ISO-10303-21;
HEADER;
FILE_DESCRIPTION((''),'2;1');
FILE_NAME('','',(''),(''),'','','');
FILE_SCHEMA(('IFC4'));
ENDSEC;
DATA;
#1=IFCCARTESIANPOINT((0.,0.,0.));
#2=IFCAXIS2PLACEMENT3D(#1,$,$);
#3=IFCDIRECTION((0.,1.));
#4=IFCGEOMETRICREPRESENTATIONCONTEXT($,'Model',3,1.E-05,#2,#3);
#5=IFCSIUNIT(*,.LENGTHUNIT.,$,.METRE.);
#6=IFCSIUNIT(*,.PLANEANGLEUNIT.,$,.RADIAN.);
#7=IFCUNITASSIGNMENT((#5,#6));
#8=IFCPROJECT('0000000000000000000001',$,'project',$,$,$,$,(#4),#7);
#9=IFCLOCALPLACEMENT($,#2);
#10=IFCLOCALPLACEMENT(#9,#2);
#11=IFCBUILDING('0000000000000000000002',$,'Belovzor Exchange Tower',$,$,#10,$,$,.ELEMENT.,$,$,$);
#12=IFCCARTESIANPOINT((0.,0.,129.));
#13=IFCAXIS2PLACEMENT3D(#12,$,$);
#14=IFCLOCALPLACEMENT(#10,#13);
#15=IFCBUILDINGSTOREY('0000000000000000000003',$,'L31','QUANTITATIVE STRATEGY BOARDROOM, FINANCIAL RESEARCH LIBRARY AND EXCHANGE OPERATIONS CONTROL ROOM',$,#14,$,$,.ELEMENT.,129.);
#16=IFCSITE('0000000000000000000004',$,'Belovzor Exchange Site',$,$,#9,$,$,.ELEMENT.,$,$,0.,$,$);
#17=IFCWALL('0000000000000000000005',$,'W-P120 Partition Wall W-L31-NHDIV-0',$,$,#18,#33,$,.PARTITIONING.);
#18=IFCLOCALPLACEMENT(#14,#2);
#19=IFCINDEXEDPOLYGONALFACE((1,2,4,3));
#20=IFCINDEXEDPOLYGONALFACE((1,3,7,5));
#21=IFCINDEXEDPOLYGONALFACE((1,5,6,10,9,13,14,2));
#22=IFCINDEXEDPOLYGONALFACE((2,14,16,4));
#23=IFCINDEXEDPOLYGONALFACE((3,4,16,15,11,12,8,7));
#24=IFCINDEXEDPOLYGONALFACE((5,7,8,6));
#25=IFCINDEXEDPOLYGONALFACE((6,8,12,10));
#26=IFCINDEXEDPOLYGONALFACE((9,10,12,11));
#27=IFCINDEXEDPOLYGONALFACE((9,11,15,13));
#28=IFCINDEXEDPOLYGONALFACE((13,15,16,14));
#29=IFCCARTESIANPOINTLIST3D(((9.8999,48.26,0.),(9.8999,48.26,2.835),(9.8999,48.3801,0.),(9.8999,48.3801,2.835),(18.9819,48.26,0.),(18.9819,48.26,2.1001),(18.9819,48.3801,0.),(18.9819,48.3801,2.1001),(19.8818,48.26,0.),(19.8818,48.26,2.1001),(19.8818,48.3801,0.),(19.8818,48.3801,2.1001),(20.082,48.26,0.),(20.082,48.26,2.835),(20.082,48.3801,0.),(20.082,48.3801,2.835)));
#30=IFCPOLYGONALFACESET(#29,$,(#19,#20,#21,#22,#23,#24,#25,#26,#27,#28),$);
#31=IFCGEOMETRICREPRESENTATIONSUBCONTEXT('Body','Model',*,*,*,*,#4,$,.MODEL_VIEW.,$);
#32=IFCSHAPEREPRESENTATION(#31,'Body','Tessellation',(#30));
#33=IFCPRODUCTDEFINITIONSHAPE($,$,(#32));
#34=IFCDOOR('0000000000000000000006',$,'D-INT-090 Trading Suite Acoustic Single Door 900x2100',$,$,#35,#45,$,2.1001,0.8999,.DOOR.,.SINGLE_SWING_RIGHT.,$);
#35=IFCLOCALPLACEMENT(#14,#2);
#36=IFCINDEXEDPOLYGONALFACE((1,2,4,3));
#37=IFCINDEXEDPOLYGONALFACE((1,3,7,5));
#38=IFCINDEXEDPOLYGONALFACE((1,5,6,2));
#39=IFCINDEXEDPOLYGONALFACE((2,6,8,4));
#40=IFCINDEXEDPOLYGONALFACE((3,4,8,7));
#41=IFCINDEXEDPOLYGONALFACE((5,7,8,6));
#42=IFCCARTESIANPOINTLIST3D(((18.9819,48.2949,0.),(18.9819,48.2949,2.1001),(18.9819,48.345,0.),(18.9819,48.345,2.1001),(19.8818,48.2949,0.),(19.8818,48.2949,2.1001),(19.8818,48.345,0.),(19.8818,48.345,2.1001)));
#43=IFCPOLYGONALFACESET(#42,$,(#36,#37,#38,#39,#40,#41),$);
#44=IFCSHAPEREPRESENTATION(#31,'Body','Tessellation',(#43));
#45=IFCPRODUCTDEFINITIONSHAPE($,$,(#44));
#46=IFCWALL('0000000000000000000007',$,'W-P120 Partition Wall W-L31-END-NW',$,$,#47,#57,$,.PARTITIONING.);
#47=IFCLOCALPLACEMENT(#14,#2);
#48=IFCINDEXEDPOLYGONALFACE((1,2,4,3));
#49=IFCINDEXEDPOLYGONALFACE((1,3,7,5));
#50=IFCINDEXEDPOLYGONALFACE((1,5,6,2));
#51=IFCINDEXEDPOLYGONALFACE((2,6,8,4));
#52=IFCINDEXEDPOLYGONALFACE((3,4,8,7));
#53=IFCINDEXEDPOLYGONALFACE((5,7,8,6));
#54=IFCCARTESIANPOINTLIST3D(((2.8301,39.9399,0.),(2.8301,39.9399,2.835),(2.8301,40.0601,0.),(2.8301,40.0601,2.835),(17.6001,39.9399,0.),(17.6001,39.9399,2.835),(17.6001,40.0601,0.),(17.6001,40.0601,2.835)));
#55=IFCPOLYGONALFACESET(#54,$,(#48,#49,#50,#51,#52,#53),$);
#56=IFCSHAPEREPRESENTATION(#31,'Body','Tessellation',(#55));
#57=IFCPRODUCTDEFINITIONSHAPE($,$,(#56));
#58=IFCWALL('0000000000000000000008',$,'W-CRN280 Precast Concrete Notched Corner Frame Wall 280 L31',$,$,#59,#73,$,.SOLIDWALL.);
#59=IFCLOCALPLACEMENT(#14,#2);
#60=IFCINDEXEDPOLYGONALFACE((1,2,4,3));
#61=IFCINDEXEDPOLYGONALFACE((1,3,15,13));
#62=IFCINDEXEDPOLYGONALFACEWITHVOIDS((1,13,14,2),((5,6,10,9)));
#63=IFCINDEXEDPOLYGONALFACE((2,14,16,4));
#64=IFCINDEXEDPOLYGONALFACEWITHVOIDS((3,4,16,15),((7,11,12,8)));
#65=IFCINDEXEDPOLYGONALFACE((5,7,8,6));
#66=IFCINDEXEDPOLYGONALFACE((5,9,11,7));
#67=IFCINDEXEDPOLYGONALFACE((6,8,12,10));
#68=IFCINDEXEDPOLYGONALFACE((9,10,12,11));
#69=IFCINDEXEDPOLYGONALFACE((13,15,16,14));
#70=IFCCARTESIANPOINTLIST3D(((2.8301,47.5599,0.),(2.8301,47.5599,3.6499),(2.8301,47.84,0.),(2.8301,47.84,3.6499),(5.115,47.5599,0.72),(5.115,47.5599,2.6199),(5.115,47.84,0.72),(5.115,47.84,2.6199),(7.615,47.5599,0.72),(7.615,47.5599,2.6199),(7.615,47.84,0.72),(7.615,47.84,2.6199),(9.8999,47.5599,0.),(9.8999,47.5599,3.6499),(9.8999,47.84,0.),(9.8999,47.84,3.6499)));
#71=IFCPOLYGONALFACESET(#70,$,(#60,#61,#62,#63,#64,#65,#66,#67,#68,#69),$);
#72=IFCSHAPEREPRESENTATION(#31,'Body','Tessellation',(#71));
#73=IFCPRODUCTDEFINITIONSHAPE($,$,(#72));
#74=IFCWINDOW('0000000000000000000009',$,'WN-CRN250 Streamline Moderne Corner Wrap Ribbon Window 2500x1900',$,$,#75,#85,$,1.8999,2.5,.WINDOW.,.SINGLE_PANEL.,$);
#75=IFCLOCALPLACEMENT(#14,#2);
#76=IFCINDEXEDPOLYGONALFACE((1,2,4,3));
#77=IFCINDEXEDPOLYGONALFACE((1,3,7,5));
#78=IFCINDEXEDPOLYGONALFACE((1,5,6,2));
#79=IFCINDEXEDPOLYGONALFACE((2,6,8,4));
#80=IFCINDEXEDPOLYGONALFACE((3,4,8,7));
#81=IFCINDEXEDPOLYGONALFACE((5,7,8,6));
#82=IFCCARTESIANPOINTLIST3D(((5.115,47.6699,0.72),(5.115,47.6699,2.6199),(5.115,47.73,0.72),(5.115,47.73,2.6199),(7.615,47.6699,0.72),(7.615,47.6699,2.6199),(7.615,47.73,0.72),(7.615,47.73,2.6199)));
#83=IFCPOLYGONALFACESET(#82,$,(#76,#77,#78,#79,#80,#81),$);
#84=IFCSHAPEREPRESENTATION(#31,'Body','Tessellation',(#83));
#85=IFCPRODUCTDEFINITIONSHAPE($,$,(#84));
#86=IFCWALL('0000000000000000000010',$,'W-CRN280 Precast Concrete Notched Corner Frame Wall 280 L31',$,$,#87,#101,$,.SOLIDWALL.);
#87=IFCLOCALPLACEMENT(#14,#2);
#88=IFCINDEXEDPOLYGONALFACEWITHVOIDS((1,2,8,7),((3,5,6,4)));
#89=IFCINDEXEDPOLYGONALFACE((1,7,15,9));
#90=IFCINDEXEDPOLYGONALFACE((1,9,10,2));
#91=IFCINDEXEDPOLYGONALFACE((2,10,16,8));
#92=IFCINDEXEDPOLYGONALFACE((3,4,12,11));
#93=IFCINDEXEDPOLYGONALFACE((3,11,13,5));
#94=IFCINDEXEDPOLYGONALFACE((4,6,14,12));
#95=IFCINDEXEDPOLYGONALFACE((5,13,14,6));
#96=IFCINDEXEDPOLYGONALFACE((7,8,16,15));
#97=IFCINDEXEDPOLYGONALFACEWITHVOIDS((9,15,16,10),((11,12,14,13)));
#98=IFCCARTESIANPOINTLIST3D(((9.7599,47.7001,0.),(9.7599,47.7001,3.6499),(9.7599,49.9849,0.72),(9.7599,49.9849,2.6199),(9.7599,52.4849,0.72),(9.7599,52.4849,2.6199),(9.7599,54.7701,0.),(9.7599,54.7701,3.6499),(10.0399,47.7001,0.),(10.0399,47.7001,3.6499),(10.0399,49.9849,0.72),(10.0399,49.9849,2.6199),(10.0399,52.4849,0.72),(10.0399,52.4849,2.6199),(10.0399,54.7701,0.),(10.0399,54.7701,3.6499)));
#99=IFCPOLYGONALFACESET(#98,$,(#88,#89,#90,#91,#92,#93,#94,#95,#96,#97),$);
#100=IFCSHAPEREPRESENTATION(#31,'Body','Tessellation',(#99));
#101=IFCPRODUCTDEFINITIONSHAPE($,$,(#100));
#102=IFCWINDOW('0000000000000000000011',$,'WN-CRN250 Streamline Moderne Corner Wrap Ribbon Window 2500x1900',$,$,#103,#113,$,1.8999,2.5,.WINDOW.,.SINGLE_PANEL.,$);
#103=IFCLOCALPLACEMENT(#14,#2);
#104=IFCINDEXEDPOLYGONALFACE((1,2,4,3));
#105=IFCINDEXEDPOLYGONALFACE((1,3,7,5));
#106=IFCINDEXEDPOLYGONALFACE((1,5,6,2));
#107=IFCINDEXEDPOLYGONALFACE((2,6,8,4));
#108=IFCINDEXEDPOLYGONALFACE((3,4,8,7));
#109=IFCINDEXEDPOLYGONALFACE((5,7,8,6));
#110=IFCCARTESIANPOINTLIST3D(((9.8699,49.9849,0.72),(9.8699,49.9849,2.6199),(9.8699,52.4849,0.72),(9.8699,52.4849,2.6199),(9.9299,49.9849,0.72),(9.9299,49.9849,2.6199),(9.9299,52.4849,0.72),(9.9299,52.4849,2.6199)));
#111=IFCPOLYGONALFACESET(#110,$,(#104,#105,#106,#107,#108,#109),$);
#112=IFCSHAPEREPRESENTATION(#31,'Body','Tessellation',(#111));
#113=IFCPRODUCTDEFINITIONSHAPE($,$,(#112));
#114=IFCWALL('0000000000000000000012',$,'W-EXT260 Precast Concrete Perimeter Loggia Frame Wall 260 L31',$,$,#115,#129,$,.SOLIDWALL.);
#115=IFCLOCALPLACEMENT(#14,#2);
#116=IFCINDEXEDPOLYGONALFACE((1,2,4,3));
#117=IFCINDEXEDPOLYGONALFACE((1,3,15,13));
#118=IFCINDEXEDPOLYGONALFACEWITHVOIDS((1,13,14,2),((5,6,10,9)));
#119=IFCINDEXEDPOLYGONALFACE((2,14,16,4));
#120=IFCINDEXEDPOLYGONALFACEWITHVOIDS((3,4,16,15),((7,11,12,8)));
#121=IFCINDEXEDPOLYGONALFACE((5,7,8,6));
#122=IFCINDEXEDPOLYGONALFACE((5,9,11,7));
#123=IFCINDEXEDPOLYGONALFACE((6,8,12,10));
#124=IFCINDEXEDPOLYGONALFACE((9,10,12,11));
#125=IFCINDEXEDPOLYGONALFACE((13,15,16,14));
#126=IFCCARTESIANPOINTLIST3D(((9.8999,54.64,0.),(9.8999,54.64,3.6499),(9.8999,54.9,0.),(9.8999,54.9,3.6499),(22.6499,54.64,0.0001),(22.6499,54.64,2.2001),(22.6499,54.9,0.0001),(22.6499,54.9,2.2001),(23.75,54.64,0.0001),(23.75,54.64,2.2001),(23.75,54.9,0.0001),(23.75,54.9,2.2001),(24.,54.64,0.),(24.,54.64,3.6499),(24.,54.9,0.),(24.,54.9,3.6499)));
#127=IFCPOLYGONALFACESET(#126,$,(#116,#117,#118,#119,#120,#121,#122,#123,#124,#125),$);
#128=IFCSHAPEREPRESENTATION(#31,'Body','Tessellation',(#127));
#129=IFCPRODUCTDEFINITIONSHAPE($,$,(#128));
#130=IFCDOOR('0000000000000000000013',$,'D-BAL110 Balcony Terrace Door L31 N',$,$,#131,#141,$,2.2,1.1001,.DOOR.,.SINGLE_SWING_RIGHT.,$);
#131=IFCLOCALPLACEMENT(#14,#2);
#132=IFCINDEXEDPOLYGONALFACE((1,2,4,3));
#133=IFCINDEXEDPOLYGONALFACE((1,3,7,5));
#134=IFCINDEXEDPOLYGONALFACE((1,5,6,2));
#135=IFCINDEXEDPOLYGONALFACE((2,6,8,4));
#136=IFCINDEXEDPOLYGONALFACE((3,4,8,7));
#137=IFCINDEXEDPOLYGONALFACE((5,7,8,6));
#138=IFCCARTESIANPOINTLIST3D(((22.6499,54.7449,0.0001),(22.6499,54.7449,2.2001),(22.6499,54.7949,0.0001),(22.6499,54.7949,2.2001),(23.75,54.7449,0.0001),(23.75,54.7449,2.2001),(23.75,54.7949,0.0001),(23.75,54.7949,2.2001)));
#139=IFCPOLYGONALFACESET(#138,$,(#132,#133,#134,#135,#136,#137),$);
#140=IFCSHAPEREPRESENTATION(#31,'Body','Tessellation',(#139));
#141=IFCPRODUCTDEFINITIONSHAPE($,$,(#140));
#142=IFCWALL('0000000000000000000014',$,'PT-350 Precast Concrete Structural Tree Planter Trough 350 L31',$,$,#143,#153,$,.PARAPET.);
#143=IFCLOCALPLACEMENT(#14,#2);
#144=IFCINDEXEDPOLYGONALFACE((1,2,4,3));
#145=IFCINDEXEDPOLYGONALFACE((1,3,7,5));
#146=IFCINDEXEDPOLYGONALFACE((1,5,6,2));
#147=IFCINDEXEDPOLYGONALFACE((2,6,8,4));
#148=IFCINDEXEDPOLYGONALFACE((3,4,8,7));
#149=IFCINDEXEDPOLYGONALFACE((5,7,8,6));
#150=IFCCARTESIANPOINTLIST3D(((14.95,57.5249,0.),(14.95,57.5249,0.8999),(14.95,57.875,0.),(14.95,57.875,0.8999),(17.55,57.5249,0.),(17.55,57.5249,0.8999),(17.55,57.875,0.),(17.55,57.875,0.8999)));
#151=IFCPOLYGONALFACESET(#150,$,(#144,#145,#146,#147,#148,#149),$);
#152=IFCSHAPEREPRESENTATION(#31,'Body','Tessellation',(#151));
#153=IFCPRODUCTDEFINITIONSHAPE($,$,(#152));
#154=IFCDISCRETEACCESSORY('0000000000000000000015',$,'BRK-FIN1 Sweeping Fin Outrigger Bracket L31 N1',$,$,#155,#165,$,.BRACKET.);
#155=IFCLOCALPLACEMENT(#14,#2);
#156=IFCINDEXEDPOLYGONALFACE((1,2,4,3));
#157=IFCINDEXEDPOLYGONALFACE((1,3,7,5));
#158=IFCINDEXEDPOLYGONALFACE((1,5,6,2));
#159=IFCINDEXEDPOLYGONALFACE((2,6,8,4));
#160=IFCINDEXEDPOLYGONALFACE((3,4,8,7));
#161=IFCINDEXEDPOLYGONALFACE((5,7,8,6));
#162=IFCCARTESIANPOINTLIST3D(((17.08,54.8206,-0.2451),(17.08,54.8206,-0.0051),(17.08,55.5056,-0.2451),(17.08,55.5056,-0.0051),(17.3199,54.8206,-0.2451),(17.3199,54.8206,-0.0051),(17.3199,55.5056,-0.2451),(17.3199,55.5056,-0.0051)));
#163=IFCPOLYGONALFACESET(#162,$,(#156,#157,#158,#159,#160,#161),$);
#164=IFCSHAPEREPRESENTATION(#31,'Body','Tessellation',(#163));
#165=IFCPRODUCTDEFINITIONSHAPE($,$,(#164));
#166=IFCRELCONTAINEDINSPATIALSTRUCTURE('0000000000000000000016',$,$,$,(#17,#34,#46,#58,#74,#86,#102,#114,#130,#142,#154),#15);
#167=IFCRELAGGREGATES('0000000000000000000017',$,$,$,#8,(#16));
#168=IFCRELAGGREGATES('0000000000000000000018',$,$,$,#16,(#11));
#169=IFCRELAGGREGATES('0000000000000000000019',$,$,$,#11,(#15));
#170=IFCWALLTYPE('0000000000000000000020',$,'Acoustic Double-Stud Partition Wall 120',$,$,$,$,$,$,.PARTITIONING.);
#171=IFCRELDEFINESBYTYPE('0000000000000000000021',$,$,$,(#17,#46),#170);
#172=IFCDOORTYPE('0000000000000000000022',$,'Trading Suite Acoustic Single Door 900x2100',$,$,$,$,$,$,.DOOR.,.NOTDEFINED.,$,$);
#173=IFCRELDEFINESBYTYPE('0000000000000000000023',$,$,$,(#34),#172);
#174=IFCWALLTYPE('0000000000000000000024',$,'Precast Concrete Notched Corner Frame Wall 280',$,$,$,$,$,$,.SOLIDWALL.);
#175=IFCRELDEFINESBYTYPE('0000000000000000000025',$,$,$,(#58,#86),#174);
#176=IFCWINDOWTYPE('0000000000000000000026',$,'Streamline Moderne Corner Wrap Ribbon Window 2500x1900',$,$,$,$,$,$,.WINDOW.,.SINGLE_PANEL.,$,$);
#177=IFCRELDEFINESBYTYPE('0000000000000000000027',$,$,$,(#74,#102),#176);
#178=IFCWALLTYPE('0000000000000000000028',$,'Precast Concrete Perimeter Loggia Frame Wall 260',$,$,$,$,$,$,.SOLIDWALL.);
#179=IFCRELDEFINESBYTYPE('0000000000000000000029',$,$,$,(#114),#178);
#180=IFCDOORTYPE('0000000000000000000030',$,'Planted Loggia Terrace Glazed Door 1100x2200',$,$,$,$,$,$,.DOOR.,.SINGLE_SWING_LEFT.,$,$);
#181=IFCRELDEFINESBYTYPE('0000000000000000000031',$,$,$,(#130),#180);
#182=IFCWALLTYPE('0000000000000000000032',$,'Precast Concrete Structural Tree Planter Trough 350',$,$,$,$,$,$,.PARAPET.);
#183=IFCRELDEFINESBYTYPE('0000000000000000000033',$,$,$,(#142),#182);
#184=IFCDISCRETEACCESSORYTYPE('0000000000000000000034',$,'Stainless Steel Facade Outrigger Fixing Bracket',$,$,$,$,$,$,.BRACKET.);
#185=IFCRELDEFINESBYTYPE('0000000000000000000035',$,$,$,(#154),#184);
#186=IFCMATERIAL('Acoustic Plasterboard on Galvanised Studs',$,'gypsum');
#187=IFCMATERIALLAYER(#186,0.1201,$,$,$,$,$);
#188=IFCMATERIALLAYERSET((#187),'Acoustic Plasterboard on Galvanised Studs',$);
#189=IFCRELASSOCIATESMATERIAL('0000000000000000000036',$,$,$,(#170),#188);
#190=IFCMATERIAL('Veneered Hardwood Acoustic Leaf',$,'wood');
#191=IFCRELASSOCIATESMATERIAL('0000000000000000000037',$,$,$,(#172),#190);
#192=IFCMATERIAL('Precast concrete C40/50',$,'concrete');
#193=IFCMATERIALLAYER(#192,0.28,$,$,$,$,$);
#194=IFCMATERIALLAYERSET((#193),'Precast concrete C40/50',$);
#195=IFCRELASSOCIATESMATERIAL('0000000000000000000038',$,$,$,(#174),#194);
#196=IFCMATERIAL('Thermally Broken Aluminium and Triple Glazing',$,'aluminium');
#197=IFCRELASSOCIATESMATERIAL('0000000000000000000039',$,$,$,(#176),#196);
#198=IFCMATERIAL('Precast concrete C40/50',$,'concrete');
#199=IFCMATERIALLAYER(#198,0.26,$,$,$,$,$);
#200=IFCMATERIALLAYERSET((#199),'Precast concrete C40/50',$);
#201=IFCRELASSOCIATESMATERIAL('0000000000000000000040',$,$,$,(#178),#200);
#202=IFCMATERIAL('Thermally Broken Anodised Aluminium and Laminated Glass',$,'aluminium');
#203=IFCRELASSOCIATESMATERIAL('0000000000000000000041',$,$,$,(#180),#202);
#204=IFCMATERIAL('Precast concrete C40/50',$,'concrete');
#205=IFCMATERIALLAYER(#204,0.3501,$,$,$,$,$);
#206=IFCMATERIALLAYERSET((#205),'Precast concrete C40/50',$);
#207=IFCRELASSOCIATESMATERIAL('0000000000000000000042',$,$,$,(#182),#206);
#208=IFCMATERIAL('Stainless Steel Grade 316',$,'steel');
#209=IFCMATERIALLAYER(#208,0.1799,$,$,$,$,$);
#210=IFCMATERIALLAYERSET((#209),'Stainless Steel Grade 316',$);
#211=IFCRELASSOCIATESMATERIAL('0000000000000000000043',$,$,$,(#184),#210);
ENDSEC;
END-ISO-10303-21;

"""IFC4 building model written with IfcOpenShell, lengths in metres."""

from ifc_helpers import new_model, si_unit, direction, frame, frame_2d, origin, origin_2d, place, context, subcontext, project, spatial, rectangle, extrude, material, layer, layer_set, type_object, element, fill, save


model = new_model("IFC4")

# Units and contexts
model_context = context("Model", 3, precision=1e-05, world=origin(), true_north=direction((0.0, 1.0)))
body_context = subcontext(model_context, "Body", "Model", "MODEL_VIEW")
ifc_project = project(units=[si_unit("LENGTHUNIT", "METRE"), si_unit("PLANEANGLEUNIT", "RADIAN")], contexts=[model_context])

# Site, building, storey
site_placement = place(None, origin())
site = spatial("IfcSite", under=ifc_project, at=site_placement, Name="Belovzor Exchange Site", CompositionType="ELEMENT", RefElevation=0.0)
building_placement = place(site_placement, origin())
building = spatial("IfcBuilding", under=site, at=building_placement, Name="Belovzor Exchange Tower", CompositionType="ELEMENT")
storey_placement = place(building_placement, frame((0.0, 0.0, 129.0)))
storey = spatial("IfcBuildingStorey", under=building, at=storey_placement, Name="L31", Description="QUANTITATIVE STRATEGY BOARDROOM, FINANCIAL RESEARCH LIBRARY AND EXCHANGE OPERATIONS CONTROL ROOM", CompositionType="ELEMENT", Elevation=129.0)

# Wall, opening, door
ifc_material_1 = material(Name="Acoustic Plasterboard on Galvanised Studs", Category="gypsum")
ifc_layer_1 = layer(ifc_material_1, 0.1201)
ifc_layer_set_1 = layer_set([ifc_layer_1], Name="Acoustic Plasterboard on Galvanised Studs")
wall_type_1 = type_object("IfcWallType", Name="Acoustic Double-Stud Partition Wall 120", PredefinedType="PARTITIONING", material=ifc_layer_set_1)
wall_1_placement = place(storey_placement, frame((9.8999, 48.3201, 0.0), z_axis=(0.0, 0.0, 1.0), x_axis=(1.0, 0.0, 0.0)))
wall_1 = element("IfcWall", 1, at=wall_1_placement, inside=storey, type_object=wall_type_1, Name="W-P120 Partition Wall W-L31-NHDIV-0", PredefinedType="PARTITIONING", context=body_context, shape_type="SweptSolid", body=[
    extrude(rectangle(XDim=10.1821, YDim=0.1201, at=frame_2d((5.0911, 0.0))), origin(), (0.0, 0.0, 1.0), 2.835),
])
opening_1_placement = place(wall_1_placement, frame((9.082, 0.0, 0.0)))
opening_1 = element("IfcOpeningElement", 2, at=opening_1_placement, cuts=wall_1, PredefinedType="OPENING", context=body_context, shape_type="SweptSolid", body=[
    extrude(rectangle(XDim=0.8999, YDim=2.1001, at=frame_2d((0.45, 1.05))), frame((0.0, 0.0701, 0.0), z_axis=(0.0, -1.0, 0.0), x_axis=(1.0, 0.0, 0.0)), (0.0, 0.0, 1.0), 0.1401),
])
ifc_material_2 = material(Name="Veneered Hardwood Acoustic Leaf", Category="wood")
door_type_1 = type_object("IfcDoorType", Name="Trading Suite Acoustic Single Door 900x2100", OperationType="NOTDEFINED", PredefinedType="DOOR", material=ifc_material_2)
door_1_placement = place(opening_1_placement, origin())
door_1 = element("IfcDoor", 3, at=door_1_placement, inside=storey, type_object=door_type_1, Name="D-INT-090 Trading Suite Acoustic Single Door 900x2100", OperationType="SINGLE_SWING_RIGHT", OverallHeight=2.1001, OverallWidth=0.8999, PredefinedType="DOOR", context=body_context, shape_type="SweptSolid", body=[
    extrude(rectangle(XDim=0.8999, YDim=2.1001, at=frame_2d((0.45, 1.05))), frame((0.0, 0.0249, 0.0), z_axis=(0.0, -1.0, 0.0), x_axis=(1.0, 0.0, 0.0)), (0.0, 0.0, 1.0), 0.05),
])
fill(opening_1, door_1)

# Wall
wall_2_placement = place(storey_placement, frame((2.8301, 40.0, 0.0), z_axis=(0.0, 0.0, 1.0), x_axis=(1.0, 0.0, 0.0)))
element("IfcWall", 4, at=wall_2_placement, inside=storey, type_object=wall_type_1, Name="W-P120 Partition Wall W-L31-END-NW", PredefinedType="PARTITIONING", context=body_context, shape_type="SweptSolid", body=[
    extrude(rectangle(XDim=14.77, YDim=0.1201, at=frame_2d((7.385, 0.0))), origin(), (0.0, 0.0, 1.0), 2.835),
])

# Walls, openings, windows
ifc_material_3 = material(Name="Precast concrete C40/50", Category="concrete")
ifc_layer_2 = layer(ifc_material_3, 0.28)
ifc_layer_set_2 = layer_set([ifc_layer_2], Name="Precast concrete C40/50")
wall_type_2 = type_object("IfcWallType", Name="Precast Concrete Notched Corner Frame Wall 280", PredefinedType="SOLIDWALL", material=ifc_layer_set_2)
wall_3_placement = place(storey_placement, frame((2.8301, 47.7, 0.0), z_axis=(0.0, 0.0, 1.0), x_axis=(1.0, 0.0, 0.0)))
wall_3 = element("IfcWall", 5, at=wall_3_placement, inside=storey, type_object=wall_type_2, Name="W-CRN280 Precast Concrete Notched Corner Frame Wall 280 L31", PredefinedType="SOLIDWALL", context=body_context, shape_type="SweptSolid", body=[
    extrude(rectangle(XDim=7.0698, YDim=0.28, at=frame_2d((3.5349, 0.0))), origin(), (0.0, 0.0, 1.0), 3.6499),
])
opening_2_placement = place(wall_3_placement, frame((2.2849, 0.0, 0.72)))
opening_2 = element("IfcOpeningElement", 6, at=opening_2_placement, cuts=wall_3, PredefinedType="OPENING", context=body_context, shape_type="SweptSolid", body=[
    extrude(rectangle(XDim=2.5, YDim=1.8999, at=frame_2d((1.25, 0.95))), frame((0.0, 0.1499, 0.0), z_axis=(0.0, -1.0, 0.0), x_axis=(1.0, 0.0, 0.0)), (0.0, 0.0, 1.0), 0.3),
])
ifc_material_4 = material(Name="Thermally Broken Aluminium and Triple Glazing", Category="aluminium")
window_type = type_object("IfcWindowType", Name="Streamline Moderne Corner Wrap Ribbon Window 2500x1900", PartitioningType="SINGLE_PANEL", PredefinedType="WINDOW", material=ifc_material_4)
window_1_placement = place(opening_2_placement, origin())
window_1 = element("IfcWindow", 7, at=window_1_placement, inside=storey, type_object=window_type, Name="WN-CRN250 Streamline Moderne Corner Wrap Ribbon Window 2500x1900", OverallHeight=1.8999, OverallWidth=2.5, PartitioningType="SINGLE_PANEL", PredefinedType="WINDOW", context=body_context, shape_type="SweptSolid", body=[
    extrude(rectangle(XDim=2.5, YDim=1.8999, at=frame_2d((1.25, 0.95))), frame((0.0, 0.03, 0.0), z_axis=(0.0, -1.0, 0.0), x_axis=(1.0, 0.0, 0.0)), (0.0, 0.0, 1.0), 0.0601),
])
fill(opening_2, window_1)
wall_4_placement = place(storey_placement, frame((9.8999, 47.7, 0.0), z_axis=(0.0, 0.0, 1.0), x_axis=(0.0, 1.0, 0.0)))
wall_4 = element("IfcWall", 8, at=wall_4_placement, inside=storey, type_object=wall_type_2, Name="W-CRN280 Precast Concrete Notched Corner Frame Wall 280 L31", PredefinedType="SOLIDWALL", context=body_context, shape_type="SweptSolid", body=[
    extrude(rectangle(XDim=7.0701, YDim=0.28, at=frame_2d((3.5352, 0.0))), origin(), (0.0, 0.0, 1.0), 3.6499),
])
opening_3_placement = place(wall_4_placement, frame((2.2849, 0.0, 0.72)))
opening_3 = element("IfcOpeningElement", 9, at=opening_3_placement, cuts=wall_4, PredefinedType="OPENING", context=body_context, shape_type="SweptSolid", body=[
    extrude(rectangle(XDim=2.5, YDim=1.8999, at=frame_2d((1.25, 0.95))), frame((0.0, 0.1499, 0.0), z_axis=(0.0, -1.0, 0.0), x_axis=(1.0, 0.0, 0.0)), (0.0, 0.0, 1.0), 0.3),
])
window_2_placement = place(opening_3_placement, origin())
window_2 = element("IfcWindow", 10, at=window_2_placement, inside=storey, type_object=window_type, Name="WN-CRN250 Streamline Moderne Corner Wrap Ribbon Window 2500x1900", OverallHeight=1.8999, OverallWidth=2.5, PartitioningType="SINGLE_PANEL", PredefinedType="WINDOW", context=body_context, shape_type="SweptSolid", body=[
    extrude(rectangle(XDim=2.5, YDim=1.8999, at=frame_2d((1.25, 0.95))), frame((0.0, 0.03, 0.0), z_axis=(0.0, -1.0, 0.0), x_axis=(1.0, 0.0, 0.0)), (0.0, 0.0, 1.0), 0.0601),
])
fill(opening_3, window_2)

# Wall, opening, door
ifc_material_5 = material(Name="Precast concrete C40/50", Category="concrete")
ifc_layer_3 = layer(ifc_material_5, 0.26)
ifc_layer_set_3 = layer_set([ifc_layer_3], Name="Precast concrete C40/50")
wall_type_3 = type_object("IfcWallType", Name="Precast Concrete Perimeter Loggia Frame Wall 260", PredefinedType="SOLIDWALL", material=ifc_layer_set_3)
wall_5_placement = place(storey_placement, frame((9.8999, 54.77, 0.0), z_axis=(0.0, 0.0, 1.0), x_axis=(1.0, 0.0, 0.0)))
wall_5 = element("IfcWall", 11, at=wall_5_placement, inside=storey, type_object=wall_type_3, Name="W-EXT260 Precast Concrete Perimeter Loggia Frame Wall 260 L31", PredefinedType="SOLIDWALL", context=body_context, shape_type="SweptSolid", body=[
    extrude(rectangle(XDim=14.1001, YDim=0.26, at=frame_2d((7.05, 0.0))), origin(), (0.0, 0.0, 1.0), 3.6499),
])
opening_4_placement = place(wall_5_placement, frame((12.75, 0.0, 0.0)))
opening_4 = element("IfcOpeningElement", 12, at=opening_4_placement, cuts=wall_5, PredefinedType="OPENING", context=body_context, shape_type="SweptSolid", body=[
    extrude(rectangle(XDim=1.1001, YDim=2.2, at=frame_2d((0.55, 1.1001))), frame((0.0, 0.1399, 0.0), z_axis=(0.0, -1.0, 0.0), x_axis=(1.0, 0.0, 0.0)), (0.0, 0.0, 1.0), 0.28),
])
ifc_material_6 = material(Name="Thermally Broken Anodised Aluminium and Laminated Glass", Category="aluminium")
door_type_2 = type_object("IfcDoorType", Name="Planted Loggia Terrace Glazed Door 1100x2200", OperationType="SINGLE_SWING_LEFT", PredefinedType="DOOR", material=ifc_material_6)
door_2_placement = place(opening_4_placement, origin())
door_2 = element("IfcDoor", 13, at=door_2_placement, inside=storey, type_object=door_type_2, Name="D-BAL110 Balcony Terrace Door L31 N", OperationType="SINGLE_SWING_RIGHT", OverallHeight=2.2, OverallWidth=1.1001, PredefinedType="DOOR", context=body_context, shape_type="SweptSolid", body=[
    extrude(rectangle(XDim=1.1001, YDim=2.2, at=frame_2d((0.55, 1.1001))), frame((0.0, 0.0249, 0.0), z_axis=(0.0, -1.0, 0.0), x_axis=(1.0, 0.0, 0.0)), (0.0, 0.0, 1.0), 0.05),
])
fill(opening_4, door_2)

# Wall
ifc_material_7 = material(Name="Precast concrete C40/50", Category="concrete")
ifc_layer_4 = layer(ifc_material_7, 0.3501)
ifc_layer_set_4 = layer_set([ifc_layer_4], Name="Precast concrete C40/50")
wall_type_4 = type_object("IfcWallType", Name="Precast Concrete Structural Tree Planter Trough 350", PredefinedType="PARAPET", material=ifc_layer_set_4)
wall_6_placement = place(storey_placement, frame((14.95, 57.7, 0.0), z_axis=(0.0, 0.0, 1.0), x_axis=(1.0, 0.0, 0.0)))
element("IfcWall", 14, at=wall_6_placement, inside=storey, type_object=wall_type_4, Name="PT-350 Precast Concrete Structural Tree Planter Trough 350 L31", PredefinedType="PARAPET", context=body_context, shape_type="SweptSolid", body=[
    extrude(rectangle(XDim=2.6001, YDim=0.3501, at=frame_2d((1.3, 0.0))), origin(), (0.0, 0.0, 1.0), 0.8999),
])

# Discrete accessory
ifc_material_8 = material(Name="Stainless Steel Grade 316", Category="steel")
ifc_layer_5 = layer(ifc_material_8, 0.1799)
ifc_layer_set_5 = layer_set([ifc_layer_5], Name="Stainless Steel Grade 316")
discrete_accessory_type = type_object("IfcDiscreteAccessoryType", Name="Stainless Steel Facade Outrigger Fixing Bracket", PredefinedType="BRACKET", material=ifc_layer_set_5)
for number, where, z_axis, x_axis, name in (
    (15, (17.2, 55.1631, -0.2451), (0.0, 0.0, 1.0), (0.0, 1.0, 0.0), "BRK-FIN1 Sweeping Fin Outrigger Bracket L31 N1"),
):
    element("IfcDiscreteAccessory", number, at=place(storey_placement, frame(where, z_axis=z_axis, x_axis=x_axis)), inside=storey, type_object=discrete_accessory_type, Name=name, PredefinedType="BRACKET", context=body_context, shape_type="SweptSolid", body=[
        extrude(rectangle(XDim=0.6851, YDim=0.24, at=origin_2d()), origin(), (0.0, 0.0, 1.0), 0.24),
    ])

save(model, "model.ifc")
